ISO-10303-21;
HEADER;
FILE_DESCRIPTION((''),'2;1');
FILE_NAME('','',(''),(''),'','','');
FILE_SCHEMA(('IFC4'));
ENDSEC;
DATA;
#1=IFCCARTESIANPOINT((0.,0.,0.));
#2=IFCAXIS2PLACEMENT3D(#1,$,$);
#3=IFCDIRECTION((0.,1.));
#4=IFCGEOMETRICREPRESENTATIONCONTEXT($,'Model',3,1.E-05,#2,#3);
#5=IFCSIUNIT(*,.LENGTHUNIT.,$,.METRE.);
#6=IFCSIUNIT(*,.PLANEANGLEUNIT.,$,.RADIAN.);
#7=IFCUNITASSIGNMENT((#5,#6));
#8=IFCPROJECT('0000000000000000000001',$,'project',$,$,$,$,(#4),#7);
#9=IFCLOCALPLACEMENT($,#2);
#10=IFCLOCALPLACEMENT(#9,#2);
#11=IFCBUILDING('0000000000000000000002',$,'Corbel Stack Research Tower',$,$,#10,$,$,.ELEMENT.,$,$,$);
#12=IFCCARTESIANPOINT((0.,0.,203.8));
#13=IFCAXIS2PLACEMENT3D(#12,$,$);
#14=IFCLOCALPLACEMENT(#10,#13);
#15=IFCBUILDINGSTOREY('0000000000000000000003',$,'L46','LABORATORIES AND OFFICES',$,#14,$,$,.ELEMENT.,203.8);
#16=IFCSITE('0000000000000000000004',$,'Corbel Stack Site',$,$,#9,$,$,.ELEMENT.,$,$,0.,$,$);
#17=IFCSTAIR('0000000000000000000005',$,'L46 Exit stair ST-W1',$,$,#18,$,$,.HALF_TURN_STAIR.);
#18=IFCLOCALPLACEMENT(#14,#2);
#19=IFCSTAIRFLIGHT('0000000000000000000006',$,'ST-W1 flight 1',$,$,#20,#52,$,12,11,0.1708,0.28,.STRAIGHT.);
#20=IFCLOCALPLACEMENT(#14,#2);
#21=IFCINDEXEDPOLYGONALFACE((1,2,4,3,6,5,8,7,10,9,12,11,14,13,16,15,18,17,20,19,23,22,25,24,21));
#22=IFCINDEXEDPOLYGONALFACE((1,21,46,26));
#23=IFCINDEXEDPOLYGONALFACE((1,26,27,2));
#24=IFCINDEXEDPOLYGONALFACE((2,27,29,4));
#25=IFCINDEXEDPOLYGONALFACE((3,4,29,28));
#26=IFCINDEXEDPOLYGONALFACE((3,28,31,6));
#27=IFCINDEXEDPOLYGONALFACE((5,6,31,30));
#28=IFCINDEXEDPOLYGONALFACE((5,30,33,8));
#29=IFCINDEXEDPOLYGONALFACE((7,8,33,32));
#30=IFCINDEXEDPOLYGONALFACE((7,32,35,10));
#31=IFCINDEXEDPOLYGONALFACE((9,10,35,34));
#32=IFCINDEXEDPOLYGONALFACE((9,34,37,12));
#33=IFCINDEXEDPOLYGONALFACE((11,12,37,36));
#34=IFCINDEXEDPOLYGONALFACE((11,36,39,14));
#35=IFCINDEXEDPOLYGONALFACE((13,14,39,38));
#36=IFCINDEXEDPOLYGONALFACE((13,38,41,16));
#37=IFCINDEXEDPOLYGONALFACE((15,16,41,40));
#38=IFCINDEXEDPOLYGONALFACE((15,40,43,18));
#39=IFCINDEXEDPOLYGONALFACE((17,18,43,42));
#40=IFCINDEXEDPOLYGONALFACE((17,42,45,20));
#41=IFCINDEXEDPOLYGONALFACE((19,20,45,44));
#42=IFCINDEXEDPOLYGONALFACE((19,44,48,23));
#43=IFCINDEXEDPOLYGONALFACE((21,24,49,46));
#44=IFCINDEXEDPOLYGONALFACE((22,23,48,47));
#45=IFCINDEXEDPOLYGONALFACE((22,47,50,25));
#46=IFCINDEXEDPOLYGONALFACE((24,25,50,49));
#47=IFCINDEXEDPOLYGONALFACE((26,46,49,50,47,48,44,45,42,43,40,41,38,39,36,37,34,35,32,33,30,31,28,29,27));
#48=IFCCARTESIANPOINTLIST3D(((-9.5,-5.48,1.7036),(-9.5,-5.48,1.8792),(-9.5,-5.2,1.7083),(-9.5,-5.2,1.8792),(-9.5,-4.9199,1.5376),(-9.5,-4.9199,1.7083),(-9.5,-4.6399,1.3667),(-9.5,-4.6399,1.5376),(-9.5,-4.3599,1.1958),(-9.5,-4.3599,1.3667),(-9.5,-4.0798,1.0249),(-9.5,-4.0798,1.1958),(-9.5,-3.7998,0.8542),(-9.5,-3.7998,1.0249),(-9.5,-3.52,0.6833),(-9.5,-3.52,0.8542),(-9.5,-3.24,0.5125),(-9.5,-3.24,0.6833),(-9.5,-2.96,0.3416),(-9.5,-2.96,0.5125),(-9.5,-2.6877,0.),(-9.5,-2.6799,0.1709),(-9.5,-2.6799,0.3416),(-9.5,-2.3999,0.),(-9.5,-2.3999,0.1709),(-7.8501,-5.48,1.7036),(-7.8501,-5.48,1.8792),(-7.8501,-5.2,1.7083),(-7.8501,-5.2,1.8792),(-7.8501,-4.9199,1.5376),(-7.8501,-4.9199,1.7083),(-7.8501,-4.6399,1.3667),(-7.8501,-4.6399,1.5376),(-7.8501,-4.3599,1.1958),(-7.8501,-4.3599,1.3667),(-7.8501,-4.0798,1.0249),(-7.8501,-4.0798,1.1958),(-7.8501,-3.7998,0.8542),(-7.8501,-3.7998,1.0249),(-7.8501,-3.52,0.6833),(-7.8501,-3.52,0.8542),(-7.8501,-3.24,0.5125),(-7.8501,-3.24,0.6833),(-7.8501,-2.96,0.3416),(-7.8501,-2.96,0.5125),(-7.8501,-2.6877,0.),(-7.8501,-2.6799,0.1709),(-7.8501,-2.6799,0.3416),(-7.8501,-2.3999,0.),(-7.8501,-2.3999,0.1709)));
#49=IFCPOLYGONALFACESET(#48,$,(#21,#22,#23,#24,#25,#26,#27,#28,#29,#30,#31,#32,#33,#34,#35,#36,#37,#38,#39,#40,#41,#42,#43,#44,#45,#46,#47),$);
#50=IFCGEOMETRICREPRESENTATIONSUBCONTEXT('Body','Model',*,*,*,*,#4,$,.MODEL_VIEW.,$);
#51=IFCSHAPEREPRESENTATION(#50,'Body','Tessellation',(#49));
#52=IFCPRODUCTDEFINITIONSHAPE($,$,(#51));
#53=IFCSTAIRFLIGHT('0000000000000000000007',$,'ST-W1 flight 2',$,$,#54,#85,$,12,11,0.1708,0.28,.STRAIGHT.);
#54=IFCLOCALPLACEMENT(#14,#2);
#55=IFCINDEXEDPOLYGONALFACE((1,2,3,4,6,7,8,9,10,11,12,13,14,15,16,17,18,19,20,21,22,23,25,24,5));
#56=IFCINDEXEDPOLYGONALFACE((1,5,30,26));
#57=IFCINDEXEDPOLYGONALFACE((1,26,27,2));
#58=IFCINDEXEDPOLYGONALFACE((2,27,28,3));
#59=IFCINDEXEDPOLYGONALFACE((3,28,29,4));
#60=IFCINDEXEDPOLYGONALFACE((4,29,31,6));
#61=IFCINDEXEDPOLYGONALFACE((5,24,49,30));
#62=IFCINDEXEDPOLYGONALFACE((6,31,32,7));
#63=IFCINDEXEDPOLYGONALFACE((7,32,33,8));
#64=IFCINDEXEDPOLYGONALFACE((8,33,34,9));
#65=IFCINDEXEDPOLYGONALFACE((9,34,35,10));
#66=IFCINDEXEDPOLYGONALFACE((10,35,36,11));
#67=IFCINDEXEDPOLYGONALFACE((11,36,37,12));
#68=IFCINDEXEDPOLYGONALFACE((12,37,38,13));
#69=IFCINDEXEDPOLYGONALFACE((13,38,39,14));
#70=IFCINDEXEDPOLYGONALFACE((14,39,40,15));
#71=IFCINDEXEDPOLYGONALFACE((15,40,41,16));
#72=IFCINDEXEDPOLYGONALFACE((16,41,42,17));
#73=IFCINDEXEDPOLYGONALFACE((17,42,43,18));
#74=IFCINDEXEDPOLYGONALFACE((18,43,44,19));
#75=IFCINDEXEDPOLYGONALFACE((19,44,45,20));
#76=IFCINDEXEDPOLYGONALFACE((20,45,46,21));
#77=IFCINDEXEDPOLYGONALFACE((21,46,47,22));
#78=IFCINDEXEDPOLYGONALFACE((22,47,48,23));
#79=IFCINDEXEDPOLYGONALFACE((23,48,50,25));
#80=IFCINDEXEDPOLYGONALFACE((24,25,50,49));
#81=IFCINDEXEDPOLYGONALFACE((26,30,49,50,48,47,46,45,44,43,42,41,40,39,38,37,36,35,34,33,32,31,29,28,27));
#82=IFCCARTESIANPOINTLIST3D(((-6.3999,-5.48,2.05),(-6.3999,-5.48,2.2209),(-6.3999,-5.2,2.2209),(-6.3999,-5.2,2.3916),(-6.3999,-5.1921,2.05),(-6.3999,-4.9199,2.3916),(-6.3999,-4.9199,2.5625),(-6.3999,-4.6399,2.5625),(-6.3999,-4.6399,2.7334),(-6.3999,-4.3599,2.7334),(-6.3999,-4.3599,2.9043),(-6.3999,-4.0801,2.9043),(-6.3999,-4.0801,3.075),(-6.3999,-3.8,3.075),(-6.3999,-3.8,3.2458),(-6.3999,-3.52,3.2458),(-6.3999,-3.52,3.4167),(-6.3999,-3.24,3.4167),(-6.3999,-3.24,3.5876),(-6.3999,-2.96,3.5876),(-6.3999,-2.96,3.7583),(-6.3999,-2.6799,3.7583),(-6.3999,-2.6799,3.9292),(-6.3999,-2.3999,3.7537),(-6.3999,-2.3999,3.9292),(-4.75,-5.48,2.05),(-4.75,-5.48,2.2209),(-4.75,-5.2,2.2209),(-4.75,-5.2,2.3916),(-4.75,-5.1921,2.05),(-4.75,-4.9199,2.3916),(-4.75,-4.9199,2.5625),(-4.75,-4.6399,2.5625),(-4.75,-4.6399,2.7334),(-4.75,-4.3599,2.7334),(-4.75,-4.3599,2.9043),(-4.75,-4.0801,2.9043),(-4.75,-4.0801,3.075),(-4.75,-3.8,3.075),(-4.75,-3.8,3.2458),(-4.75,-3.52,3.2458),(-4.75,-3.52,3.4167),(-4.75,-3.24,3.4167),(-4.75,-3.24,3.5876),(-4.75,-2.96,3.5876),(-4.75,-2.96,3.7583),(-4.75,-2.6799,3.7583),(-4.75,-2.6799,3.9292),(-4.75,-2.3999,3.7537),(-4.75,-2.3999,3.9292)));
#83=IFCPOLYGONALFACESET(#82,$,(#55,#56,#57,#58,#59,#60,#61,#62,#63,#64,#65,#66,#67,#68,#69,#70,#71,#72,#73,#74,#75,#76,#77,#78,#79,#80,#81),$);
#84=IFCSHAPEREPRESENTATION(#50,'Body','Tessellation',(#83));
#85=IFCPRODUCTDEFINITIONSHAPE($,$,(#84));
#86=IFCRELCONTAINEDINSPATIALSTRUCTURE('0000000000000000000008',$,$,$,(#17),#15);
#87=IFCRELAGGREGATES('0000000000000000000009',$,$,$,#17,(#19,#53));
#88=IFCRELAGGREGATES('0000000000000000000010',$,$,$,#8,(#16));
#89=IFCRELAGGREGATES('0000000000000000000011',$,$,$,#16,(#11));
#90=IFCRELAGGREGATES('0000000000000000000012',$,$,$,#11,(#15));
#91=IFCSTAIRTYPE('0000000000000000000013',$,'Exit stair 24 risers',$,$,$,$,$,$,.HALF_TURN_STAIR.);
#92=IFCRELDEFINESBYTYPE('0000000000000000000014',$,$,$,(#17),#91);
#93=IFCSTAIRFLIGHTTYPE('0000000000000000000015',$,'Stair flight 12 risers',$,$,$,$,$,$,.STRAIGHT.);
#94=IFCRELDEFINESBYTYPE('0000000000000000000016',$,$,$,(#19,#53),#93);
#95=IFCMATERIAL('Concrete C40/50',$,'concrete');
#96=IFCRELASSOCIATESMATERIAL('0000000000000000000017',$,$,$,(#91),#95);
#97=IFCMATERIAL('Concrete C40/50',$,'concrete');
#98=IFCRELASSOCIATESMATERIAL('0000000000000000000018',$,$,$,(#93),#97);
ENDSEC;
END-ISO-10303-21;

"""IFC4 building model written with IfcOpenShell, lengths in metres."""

from ifc_helpers import new_model, si_unit, direction, frame, origin, place, context, subcontext, project, spatial, polyline, outline, extrude, material, type_object, element, aggregate, save


model = new_model("IFC4")

# Units and contexts
model_context = context("Model", 3, precision=1e-05, world=origin(), true_north=direction((0.0, 1.0)))
body_context = subcontext(model_context, "Body", "Model", "MODEL_VIEW")
ifc_project = project(units=[si_unit("LENGTHUNIT", "METRE"), si_unit("PLANEANGLEUNIT", "RADIAN")], contexts=[model_context])

# Site, building, storey
site_placement = place(None, origin())
site = spatial("IfcSite", under=ifc_project, at=site_placement, Name="Corbel Stack Site", CompositionType="ELEMENT", RefElevation=0.0)
building_placement = place(site_placement, origin())
building = spatial("IfcBuilding", under=site, at=building_placement, Name="Corbel Stack Research Tower", CompositionType="ELEMENT")
storey_placement = place(building_placement, frame((0.0, 0.0, 203.8)))
storey = spatial("IfcBuildingStorey", under=building, at=storey_placement, Name="L46", Description="LABORATORIES AND OFFICES", CompositionType="ELEMENT", Elevation=203.8)

# Stair, stair flights
ifc_material_1 = material(Name="Concrete C40/50", Category="concrete")
stair_type = type_object("IfcStairType", Name="Exit stair 24 risers", PredefinedType="HALF_TURN_STAIR", material=ifc_material_1)
stair_placement = place(storey_placement, origin())
stair = element("IfcStair", 1, at=stair_placement, inside=storey, type_object=stair_type, Name="L46 Exit stair ST-W1", PredefinedType="HALF_TURN_STAIR")
ifc_material_2 = material(Name="Concrete C40/50", Category="concrete")
stair_flight_type = type_object("IfcStairFlightType", Name="Stair flight 12 risers", PredefinedType="STRAIGHT", material=ifc_material_2)
stair_flight_1_placement = place(storey_placement, frame((-8.675, -2.3999, 0.0), z_axis=(0.0, 0.0, 1.0), x_axis=(0.0, -1.0, 0.0)))
stair_flight_1 = element("IfcStairFlight", 2, at=stair_flight_1_placement, type_object=stair_flight_type, Name="ST-W1 flight 1", NumberOfRisers=12, NumberOfTreads=11, PredefinedType="STRAIGHT", RiserHeight=0.1708, TreadLength=0.28, context=body_context, shape_type="SweptSolid", body=[
    extrude(outline(polyline([(0.0, 0.0), (0.0, 0.1709), (0.28, 0.1709), (0.28, 0.3416), (0.5601, 0.3416), (0.5601, 0.5125), (0.8401, 0.5125), (0.8401, 0.6833), (1.1201, 0.6833), (1.1201, 0.8542), (1.3999, 0.8542), (1.3999, 1.0249), (1.6799, 1.0249), (1.6799, 1.1958), (1.96, 1.1958), (1.96, 1.3667), (2.24, 1.3667), (2.24, 1.5376), (2.52, 1.5376), (2.52, 1.7083), (2.8, 1.7083), (2.8, 1.8792), (3.0801, 1.8792), (3.0801, 2.05), (3.0801, 1.7036), (0.2878, 0.0), (0.0, 0.0)])), frame((0.0, 0.825, 0.0), z_axis=(0.0, -1.0, 0.0), x_axis=(1.0, 0.0, 0.0)), (0.0, 0.0, 1.0), 1.6499),
])
stair_flight_2_placement = place(storey_placement, frame((-5.575, -5.48, 2.05), z_axis=(0.0, 0.0, 1.0), x_axis=(0.0, 1.0, 0.0)))
stair_flight_2 = element("IfcStairFlight", 3, at=stair_flight_2_placement, type_object=stair_flight_type, Name="ST-W1 flight 2", NumberOfRisers=12, NumberOfTreads=11, PredefinedType="STRAIGHT", RiserHeight=0.1708, TreadLength=0.28, context=body_context, shape_type="SweptSolid", body=[
    extrude(outline(polyline([(0.0, 0.0), (0.0, 0.1709), (0.28, 0.1709), (0.28, 0.3416), (0.5601, 0.3416), (0.5601, 0.5125), (0.8401, 0.5125), (0.8401, 0.6833), (1.1201, 0.6833), (1.1201, 0.8542), (1.3999, 0.8542), (1.3999, 1.0249), (1.6799, 1.0249), (1.6799, 1.1958), (1.96, 1.1958), (1.96, 1.3667), (2.24, 1.3667), (2.24, 1.5376), (2.52, 1.5376), (2.52, 1.7083), (2.8, 1.7083), (2.8, 1.8792), (3.0801, 1.8792), (3.0801, 2.05), (3.0801, 1.7036), (0.2878, 0.0), (0.0, 0.0)])), frame((0.0, 0.825, 0.0), z_axis=(0.0, -1.0, 0.0), x_axis=(1.0, 0.0, 0.0)), (0.0, 0.0, 1.0), 1.6499),
])
aggregate(stair, [stair_flight_1, stair_flight_2])

save(model, "model.ifc")
